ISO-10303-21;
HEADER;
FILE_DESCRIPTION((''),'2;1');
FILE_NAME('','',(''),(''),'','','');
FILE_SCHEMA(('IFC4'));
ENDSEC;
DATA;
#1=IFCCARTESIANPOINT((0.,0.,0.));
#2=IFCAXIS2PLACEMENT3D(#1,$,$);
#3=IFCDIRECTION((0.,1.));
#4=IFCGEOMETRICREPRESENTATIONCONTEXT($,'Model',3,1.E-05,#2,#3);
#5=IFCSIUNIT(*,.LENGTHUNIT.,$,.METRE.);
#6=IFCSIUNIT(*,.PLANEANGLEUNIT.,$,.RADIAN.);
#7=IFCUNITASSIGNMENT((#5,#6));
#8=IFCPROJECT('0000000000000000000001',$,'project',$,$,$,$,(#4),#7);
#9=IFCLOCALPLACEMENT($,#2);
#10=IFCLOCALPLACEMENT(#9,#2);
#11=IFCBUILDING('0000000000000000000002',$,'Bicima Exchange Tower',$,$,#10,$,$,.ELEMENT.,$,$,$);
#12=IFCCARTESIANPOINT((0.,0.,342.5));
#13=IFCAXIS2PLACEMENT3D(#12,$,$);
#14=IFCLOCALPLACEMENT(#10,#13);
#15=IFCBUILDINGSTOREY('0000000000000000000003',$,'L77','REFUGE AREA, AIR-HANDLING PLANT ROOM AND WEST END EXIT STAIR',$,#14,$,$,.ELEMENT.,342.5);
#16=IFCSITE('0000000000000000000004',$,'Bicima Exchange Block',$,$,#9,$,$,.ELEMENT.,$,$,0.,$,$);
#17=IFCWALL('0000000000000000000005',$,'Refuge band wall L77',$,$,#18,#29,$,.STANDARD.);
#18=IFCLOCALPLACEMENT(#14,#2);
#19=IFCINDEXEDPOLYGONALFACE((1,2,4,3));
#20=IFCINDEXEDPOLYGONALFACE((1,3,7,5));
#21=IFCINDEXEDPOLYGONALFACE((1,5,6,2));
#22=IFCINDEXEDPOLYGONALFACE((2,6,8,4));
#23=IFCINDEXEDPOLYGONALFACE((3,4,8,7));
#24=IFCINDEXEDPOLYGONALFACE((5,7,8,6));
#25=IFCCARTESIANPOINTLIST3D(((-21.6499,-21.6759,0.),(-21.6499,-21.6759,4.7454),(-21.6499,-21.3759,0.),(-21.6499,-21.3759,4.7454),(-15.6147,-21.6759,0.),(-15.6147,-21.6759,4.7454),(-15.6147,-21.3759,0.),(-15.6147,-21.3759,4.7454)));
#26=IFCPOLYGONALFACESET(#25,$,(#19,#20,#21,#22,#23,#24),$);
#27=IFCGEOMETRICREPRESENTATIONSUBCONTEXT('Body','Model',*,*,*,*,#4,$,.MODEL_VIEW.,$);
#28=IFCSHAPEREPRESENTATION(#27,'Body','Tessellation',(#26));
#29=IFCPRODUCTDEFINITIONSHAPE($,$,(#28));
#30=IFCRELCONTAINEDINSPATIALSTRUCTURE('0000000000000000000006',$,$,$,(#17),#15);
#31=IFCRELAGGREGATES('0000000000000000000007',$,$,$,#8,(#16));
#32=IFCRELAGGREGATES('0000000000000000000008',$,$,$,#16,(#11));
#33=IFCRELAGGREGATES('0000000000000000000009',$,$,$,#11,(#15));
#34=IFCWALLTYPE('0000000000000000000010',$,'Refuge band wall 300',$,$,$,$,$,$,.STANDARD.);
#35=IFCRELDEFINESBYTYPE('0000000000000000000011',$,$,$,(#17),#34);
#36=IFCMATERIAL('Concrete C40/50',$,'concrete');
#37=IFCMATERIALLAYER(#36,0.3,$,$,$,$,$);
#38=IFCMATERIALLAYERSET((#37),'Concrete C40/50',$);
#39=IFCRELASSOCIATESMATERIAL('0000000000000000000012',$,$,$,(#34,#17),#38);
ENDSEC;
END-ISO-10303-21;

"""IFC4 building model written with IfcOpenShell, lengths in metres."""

from ifc_helpers import new_model, si_unit, direction, frame, frame_2d, origin, place, context, subcontext, project, spatial, rectangle, extrude, material, layer, layer_set, layer_usage, type_object, element, save


model = new_model("IFC4")

# Units and contexts
model_context = context("Model", 3, precision=1e-05, world=origin(), true_north=direction((0.0, 1.0)))
body_context = subcontext(model_context, "Body", "Model", "MODEL_VIEW")
ifc_project = project(units=[si_unit("LENGTHUNIT", "METRE"), si_unit("PLANEANGLEUNIT", "RADIAN")], contexts=[model_context])

# Site, building, storey
site_placement = place(None, origin())
site = spatial("IfcSite", under=ifc_project, at=site_placement, Name="Bicima Exchange Block", CompositionType="ELEMENT", RefElevation=0.0)
building_placement = place(site_placement, origin())
building = spatial("IfcBuilding", under=site, at=building_placement, Name="Bicima Exchange Tower", CompositionType="ELEMENT")
storey_placement = place(building_placement, frame((0.0, 0.0, 342.5)))
storey = spatial("IfcBuildingStorey", under=building, at=storey_placement, Name="L77", Description="REFUGE AREA, AIR-HANDLING PLANT ROOM AND WEST END EXIT STAIR", CompositionType="ELEMENT", Elevation=342.5)

# Shared definitions
ifc_material_1 = material(Name="Concrete C40/50", Category="concrete")

# Wall
ifc_layer_1 = layer(ifc_material_1, 0.3)
ifc_layer_set_1 = layer_set([ifc_layer_1], Name="Concrete C40/50")
ifc_layer_usage_1 = layer_usage(ifc_layer_set_1, "AXIS2", "POSITIVE", -0.15)
wall_type_1 = type_object("IfcWallType", Name="Refuge band wall 300", PredefinedType="STANDARD", material=ifc_layer_set_1)
wall_1_placement = place(storey_placement, frame((-21.6499, -21.5259, 0.0), z_axis=(0.0, 0.0, 1.0), x_axis=(1.0, 0.0, 0.0)))
element("IfcWall", 1, at=wall_1_placement, inside=storey, type_object=wall_type_1, material=ifc_layer_usage_1, Name="Refuge band wall L77", PredefinedType="STANDARD", context=body_context, shape_type="SweptSolid", body=[
    extrude(rectangle(XDim=6.0352, YDim=0.3, at=frame_2d((3.0176, 0.0))), origin(), (0.0, 0.0, 1.0), 4.7454),
])

save(model, "model.ifc")
